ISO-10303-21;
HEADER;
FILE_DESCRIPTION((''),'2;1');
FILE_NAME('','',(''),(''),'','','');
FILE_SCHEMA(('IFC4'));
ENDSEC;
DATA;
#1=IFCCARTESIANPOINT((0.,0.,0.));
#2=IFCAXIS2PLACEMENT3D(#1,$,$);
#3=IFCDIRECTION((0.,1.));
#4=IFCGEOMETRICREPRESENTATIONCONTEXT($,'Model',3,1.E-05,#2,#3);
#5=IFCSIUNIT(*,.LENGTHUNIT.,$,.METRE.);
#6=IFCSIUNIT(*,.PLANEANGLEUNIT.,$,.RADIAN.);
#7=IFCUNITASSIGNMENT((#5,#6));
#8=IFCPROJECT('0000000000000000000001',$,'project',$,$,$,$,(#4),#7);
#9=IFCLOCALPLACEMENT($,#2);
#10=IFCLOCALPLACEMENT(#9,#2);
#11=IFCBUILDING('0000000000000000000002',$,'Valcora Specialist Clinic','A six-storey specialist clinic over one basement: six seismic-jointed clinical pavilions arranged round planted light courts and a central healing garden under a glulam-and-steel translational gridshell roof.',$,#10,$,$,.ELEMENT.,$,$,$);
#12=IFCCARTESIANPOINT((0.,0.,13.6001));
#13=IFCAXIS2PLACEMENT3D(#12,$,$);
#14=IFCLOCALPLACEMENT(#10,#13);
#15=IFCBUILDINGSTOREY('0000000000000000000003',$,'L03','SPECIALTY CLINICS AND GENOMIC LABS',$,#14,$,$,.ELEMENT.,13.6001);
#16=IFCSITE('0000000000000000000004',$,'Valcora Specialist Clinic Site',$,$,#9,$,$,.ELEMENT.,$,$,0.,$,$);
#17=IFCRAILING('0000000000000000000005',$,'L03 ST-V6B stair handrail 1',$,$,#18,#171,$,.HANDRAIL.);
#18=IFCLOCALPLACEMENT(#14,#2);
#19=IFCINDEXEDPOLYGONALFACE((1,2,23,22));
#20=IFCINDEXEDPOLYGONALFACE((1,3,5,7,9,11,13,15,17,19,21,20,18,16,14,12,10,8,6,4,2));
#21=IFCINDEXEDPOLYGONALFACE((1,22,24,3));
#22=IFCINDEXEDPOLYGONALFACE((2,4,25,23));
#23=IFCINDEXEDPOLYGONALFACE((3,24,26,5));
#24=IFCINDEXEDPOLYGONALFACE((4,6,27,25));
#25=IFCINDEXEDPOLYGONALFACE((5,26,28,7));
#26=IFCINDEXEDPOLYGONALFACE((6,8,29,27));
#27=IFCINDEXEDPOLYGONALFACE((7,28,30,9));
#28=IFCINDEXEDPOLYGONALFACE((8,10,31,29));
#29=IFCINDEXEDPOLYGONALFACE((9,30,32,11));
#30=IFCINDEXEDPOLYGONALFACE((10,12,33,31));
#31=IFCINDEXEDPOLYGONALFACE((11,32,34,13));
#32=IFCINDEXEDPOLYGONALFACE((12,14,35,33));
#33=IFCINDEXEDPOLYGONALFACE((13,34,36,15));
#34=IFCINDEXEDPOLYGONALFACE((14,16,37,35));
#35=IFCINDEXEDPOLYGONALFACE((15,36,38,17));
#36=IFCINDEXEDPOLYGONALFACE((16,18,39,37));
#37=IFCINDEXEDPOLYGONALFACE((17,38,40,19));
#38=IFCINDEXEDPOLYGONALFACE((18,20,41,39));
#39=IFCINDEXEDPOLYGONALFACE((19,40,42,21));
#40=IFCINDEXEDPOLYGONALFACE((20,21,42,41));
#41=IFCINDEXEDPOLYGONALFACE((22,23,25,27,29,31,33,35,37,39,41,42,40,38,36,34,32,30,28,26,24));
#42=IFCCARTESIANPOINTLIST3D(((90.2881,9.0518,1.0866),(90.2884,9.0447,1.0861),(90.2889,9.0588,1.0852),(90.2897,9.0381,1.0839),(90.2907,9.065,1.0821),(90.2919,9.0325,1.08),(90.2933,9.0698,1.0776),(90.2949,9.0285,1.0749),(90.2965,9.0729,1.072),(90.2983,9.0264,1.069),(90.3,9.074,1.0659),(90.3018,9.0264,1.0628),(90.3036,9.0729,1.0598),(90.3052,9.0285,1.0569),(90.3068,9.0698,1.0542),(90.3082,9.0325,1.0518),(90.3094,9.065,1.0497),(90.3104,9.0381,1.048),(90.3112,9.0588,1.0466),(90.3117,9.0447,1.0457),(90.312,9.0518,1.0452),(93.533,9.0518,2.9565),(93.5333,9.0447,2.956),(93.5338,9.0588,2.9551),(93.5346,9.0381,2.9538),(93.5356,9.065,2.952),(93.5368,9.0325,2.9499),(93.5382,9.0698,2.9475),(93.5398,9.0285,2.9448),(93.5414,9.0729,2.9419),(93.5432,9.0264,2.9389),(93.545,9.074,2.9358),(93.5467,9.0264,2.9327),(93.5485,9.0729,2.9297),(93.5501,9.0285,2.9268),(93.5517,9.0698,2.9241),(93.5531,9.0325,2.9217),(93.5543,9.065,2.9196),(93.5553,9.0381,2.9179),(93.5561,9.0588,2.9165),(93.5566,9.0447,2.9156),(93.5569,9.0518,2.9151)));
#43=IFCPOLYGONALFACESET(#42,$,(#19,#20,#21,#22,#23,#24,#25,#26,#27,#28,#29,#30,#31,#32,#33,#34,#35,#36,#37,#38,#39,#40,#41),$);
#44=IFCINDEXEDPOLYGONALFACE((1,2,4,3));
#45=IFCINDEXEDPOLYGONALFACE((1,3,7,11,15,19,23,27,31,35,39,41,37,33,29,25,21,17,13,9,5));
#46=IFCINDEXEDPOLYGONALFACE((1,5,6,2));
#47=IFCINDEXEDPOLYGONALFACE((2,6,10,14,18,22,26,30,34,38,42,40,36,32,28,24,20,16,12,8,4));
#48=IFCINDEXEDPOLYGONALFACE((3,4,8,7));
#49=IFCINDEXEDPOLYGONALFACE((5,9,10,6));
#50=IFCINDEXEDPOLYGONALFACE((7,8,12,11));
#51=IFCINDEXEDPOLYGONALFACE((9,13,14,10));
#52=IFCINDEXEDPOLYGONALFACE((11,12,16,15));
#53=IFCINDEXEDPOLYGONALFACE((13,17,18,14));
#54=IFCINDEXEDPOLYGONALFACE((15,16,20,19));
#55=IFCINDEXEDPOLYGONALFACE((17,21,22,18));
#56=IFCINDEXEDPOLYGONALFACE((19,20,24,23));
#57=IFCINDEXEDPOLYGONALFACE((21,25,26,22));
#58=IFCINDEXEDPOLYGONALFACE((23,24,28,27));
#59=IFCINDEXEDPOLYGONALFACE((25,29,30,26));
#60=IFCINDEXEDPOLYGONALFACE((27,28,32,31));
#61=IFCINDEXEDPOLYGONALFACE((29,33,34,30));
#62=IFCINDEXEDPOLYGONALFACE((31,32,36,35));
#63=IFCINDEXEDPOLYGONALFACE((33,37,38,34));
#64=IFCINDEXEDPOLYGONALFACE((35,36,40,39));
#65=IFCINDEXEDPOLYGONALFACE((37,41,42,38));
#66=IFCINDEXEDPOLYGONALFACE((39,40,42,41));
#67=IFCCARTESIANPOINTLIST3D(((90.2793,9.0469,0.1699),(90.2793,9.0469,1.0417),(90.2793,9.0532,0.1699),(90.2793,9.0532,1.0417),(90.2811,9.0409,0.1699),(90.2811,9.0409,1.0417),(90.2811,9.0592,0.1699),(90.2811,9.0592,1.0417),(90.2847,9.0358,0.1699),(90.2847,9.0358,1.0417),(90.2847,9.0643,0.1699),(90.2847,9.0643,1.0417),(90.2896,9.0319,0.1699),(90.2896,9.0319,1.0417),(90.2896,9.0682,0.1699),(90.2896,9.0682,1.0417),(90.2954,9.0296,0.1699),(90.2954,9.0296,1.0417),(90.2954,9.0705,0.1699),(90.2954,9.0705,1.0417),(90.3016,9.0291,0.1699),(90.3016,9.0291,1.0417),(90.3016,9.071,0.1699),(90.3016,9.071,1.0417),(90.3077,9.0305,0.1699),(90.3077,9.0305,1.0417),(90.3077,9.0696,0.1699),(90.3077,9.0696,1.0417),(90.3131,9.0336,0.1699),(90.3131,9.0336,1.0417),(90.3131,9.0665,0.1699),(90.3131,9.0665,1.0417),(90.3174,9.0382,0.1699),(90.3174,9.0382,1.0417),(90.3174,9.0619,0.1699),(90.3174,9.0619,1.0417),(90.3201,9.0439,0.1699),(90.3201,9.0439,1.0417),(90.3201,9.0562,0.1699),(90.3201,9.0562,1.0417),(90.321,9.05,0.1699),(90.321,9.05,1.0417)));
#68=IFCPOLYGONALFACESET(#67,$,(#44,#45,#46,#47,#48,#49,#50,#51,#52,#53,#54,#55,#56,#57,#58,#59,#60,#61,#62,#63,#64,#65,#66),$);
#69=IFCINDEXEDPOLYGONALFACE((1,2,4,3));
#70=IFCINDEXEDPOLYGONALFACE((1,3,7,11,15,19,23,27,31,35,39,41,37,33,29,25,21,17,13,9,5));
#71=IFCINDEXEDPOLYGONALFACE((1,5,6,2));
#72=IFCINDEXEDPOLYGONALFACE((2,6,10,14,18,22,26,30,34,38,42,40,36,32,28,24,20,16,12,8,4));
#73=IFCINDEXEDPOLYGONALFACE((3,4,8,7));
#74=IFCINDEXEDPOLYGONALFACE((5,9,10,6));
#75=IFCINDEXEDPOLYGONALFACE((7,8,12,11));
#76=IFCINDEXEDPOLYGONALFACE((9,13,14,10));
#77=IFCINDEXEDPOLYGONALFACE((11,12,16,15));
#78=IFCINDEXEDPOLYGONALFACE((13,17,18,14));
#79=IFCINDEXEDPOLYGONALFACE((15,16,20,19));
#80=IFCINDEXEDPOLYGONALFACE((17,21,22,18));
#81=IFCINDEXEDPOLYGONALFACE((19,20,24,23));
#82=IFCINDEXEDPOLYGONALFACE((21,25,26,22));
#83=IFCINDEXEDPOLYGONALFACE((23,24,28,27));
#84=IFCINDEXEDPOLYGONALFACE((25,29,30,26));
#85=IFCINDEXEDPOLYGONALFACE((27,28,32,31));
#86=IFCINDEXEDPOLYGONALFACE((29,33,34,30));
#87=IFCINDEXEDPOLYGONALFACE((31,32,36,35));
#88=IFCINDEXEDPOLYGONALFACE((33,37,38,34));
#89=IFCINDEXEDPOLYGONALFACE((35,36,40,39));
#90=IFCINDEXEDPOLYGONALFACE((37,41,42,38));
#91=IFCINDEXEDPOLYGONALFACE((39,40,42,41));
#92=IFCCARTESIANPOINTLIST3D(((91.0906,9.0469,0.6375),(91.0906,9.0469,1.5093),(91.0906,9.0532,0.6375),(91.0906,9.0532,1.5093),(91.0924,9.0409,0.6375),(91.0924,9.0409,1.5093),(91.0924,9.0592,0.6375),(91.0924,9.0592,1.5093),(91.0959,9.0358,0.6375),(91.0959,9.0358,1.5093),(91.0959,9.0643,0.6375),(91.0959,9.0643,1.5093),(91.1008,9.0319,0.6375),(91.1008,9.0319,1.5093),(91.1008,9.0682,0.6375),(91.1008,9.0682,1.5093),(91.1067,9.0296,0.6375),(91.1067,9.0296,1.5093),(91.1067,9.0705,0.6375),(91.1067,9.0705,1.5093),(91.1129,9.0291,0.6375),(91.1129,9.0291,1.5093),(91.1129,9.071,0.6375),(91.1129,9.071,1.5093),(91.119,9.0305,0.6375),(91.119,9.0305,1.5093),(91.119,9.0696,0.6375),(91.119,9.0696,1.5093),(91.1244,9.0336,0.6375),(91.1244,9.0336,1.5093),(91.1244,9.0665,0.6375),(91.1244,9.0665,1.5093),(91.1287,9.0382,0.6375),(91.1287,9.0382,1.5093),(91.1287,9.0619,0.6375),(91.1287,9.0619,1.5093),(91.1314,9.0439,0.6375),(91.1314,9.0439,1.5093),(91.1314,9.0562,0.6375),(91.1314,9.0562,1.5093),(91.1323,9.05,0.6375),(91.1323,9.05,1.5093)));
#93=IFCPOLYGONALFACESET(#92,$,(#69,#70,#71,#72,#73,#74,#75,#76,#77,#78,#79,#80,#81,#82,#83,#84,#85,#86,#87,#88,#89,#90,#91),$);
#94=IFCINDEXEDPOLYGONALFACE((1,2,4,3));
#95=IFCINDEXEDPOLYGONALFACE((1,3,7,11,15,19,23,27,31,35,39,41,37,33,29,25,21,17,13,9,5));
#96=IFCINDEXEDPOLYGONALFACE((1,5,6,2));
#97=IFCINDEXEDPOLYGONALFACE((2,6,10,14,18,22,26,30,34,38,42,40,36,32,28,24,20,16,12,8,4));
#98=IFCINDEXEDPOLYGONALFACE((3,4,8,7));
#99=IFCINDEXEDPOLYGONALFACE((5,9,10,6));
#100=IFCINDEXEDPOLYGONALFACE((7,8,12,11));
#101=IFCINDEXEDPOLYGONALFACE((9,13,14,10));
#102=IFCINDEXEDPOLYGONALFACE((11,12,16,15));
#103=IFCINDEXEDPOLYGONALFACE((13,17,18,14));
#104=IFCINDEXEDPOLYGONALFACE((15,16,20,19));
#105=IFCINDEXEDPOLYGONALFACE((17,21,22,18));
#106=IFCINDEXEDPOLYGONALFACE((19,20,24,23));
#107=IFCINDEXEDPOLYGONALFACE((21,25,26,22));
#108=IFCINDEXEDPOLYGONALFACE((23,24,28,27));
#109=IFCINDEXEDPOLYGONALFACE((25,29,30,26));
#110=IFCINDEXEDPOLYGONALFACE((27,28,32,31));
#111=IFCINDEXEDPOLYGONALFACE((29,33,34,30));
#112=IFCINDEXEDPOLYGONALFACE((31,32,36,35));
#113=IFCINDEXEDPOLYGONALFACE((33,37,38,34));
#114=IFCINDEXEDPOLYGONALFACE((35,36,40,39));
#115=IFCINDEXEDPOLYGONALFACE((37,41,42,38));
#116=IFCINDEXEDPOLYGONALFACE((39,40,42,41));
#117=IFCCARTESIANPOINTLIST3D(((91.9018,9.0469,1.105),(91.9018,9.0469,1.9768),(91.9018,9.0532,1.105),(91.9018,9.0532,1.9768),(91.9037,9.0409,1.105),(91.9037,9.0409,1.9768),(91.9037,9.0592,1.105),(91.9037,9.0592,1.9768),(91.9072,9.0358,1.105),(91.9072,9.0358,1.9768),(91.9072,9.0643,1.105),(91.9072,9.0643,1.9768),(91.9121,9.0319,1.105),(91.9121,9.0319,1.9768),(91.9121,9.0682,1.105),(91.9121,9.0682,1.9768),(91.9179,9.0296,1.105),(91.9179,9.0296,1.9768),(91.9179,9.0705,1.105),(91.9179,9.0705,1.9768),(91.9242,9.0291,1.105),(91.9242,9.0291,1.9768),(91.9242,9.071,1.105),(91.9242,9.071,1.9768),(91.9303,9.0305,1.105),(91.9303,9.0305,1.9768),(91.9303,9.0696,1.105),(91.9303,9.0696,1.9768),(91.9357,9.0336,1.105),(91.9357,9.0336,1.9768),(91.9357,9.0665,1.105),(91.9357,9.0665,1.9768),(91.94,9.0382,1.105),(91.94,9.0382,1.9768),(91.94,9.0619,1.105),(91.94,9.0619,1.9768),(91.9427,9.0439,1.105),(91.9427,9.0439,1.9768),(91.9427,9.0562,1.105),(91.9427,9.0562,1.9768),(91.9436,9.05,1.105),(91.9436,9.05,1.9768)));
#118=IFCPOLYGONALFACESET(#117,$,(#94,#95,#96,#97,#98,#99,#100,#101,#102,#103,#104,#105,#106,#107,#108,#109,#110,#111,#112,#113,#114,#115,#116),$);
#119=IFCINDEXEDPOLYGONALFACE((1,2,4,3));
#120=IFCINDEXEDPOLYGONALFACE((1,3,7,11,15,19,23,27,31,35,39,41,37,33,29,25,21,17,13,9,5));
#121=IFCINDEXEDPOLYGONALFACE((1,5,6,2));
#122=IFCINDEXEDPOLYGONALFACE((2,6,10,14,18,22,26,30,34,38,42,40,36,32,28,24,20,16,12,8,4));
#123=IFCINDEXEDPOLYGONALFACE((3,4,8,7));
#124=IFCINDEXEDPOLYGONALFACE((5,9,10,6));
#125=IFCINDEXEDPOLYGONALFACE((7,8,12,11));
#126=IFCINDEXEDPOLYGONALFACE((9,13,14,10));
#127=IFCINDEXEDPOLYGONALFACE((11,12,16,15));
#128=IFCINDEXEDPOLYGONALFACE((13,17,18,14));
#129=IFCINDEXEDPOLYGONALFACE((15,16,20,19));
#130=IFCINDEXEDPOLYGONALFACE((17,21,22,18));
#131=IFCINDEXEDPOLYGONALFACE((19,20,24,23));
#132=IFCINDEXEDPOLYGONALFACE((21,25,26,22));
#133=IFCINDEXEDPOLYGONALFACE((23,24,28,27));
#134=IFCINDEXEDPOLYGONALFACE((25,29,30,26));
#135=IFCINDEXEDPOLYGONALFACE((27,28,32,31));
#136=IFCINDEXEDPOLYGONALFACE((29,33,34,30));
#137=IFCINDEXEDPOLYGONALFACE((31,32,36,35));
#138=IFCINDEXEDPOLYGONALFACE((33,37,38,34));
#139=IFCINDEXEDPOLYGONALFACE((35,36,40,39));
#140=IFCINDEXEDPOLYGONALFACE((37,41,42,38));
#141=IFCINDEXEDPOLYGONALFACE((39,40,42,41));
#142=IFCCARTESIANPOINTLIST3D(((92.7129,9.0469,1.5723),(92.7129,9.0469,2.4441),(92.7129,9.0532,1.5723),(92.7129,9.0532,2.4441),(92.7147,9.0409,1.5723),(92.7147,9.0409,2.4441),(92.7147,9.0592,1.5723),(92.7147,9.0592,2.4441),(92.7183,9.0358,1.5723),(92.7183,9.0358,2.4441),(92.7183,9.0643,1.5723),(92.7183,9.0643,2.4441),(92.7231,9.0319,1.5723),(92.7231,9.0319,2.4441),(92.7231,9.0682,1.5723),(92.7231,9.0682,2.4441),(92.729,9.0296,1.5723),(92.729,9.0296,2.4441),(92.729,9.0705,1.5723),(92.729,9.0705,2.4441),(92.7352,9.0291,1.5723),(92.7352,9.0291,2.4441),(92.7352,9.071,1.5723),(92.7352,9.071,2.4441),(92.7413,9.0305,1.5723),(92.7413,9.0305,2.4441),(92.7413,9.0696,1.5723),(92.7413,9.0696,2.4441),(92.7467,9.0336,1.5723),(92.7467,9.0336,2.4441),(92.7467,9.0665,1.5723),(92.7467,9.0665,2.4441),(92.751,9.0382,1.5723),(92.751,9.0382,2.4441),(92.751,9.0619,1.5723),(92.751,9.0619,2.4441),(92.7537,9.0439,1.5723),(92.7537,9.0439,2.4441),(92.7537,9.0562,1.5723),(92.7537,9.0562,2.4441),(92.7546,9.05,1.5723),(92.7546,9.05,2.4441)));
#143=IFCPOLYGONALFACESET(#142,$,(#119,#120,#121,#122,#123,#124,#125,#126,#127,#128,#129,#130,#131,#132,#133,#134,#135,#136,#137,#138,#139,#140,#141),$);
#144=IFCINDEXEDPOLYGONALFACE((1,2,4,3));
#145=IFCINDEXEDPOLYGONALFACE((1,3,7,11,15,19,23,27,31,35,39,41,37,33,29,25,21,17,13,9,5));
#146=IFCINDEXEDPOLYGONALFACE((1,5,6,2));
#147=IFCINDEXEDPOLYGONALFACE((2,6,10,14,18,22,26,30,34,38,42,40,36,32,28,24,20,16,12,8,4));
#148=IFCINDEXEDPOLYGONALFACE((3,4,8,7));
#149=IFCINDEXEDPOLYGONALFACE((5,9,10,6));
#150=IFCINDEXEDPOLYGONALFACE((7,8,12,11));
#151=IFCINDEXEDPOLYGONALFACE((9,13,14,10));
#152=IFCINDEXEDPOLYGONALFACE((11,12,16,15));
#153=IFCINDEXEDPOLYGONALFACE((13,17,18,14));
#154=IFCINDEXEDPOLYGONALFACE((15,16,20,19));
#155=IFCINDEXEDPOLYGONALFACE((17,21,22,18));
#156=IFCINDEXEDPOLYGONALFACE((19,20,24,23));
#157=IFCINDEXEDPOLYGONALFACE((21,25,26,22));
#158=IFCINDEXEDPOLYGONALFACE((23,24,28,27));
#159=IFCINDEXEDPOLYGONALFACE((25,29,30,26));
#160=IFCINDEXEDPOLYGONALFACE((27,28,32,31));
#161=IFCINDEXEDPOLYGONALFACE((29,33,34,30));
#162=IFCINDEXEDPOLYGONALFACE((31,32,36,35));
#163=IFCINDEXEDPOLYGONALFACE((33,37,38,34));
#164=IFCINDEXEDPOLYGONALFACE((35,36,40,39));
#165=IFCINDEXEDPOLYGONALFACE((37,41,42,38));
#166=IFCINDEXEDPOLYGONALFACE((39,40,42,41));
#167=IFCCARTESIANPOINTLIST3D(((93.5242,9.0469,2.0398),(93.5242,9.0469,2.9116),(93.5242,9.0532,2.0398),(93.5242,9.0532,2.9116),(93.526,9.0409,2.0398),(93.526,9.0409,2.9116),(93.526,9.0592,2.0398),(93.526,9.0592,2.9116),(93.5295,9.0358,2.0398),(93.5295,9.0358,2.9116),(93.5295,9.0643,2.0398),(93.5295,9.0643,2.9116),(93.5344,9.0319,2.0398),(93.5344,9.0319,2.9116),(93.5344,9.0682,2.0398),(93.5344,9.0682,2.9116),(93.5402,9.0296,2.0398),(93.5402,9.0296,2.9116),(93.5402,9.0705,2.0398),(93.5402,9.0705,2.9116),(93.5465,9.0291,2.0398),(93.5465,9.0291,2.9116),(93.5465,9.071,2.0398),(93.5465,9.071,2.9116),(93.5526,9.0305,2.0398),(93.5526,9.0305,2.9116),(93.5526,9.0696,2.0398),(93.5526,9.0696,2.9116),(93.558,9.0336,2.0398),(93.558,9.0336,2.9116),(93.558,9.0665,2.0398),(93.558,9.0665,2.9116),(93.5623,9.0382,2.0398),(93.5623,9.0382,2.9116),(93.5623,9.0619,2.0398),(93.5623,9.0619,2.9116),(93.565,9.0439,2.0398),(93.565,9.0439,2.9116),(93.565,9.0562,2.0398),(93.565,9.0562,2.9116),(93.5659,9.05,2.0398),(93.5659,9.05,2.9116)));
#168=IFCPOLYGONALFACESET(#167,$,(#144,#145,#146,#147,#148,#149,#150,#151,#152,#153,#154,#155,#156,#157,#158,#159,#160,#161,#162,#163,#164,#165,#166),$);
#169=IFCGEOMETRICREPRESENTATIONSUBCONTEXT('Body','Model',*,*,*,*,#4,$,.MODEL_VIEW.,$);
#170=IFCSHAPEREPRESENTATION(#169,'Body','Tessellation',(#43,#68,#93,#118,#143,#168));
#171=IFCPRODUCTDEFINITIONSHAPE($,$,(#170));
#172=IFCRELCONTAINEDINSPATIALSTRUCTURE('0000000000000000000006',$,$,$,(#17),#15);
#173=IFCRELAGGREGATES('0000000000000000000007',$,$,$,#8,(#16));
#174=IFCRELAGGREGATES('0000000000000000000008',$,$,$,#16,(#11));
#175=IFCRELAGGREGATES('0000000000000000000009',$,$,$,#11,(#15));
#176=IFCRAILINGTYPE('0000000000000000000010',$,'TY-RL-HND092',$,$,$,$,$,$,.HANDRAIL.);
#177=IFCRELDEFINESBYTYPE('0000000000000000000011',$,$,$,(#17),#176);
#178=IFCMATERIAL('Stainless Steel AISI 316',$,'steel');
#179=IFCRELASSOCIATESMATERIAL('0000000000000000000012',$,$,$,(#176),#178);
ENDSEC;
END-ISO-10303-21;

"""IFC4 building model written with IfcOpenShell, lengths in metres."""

from ifc_helpers import new_model, si_unit, direction, frame, origin, origin_2d, place, context, subcontext, project, spatial, circle, extrude, material, type_object, element, save


model = new_model("IFC4")

# Units and contexts
model_context = context("Model", 3, precision=1e-05, world=origin(), true_north=direction((0.0, 1.0)))
body_context = subcontext(model_context, "Body", "Model", "MODEL_VIEW")
ifc_project = project(units=[si_unit("LENGTHUNIT", "METRE"), si_unit("PLANEANGLEUNIT", "RADIAN")], contexts=[model_context])

# Site, building, storey
site_placement = place(None, origin())
site = spatial("IfcSite", under=ifc_project, at=site_placement, Name="Valcora Specialist Clinic Site", CompositionType="ELEMENT", RefElevation=0.0)
building_placement = place(site_placement, origin())
building = spatial("IfcBuilding", under=site, at=building_placement, Name="Valcora Specialist Clinic", Description="A six-storey specialist clinic over one basement: six seismic-jointed clinical pavilions arranged round planted light courts and a central healing garden under a glulam-and-steel translational gridshell roof.", CompositionType="ELEMENT")
storey_placement = place(building_placement, frame((0.0, 0.0, 13.6001)))
storey = spatial("IfcBuildingStorey", under=building, at=storey_placement, Name="L03", Description="SPECIALTY CLINICS AND GENOMIC LABS", CompositionType="ELEMENT", Elevation=13.6001)

# Railing
ifc_material_1 = material(Name="Stainless Steel AISI 316", Category="steel")
railing_type_1 = type_object("IfcRailingType", Name="TY-RL-HND092", PredefinedType="HANDRAIL", material=ifc_material_1)
railing_1_placement = place(storey_placement, frame((90.3, 9.05, 0.1699)))
element("IfcRailing", 1, at=railing_1_placement, inside=storey, type_object=railing_type_1, Name="L03 ST-V6B stair handrail 1", PredefinedType="HANDRAIL", context=body_context, shape_type="SweptSolid", body=[
    extrude(circle(Radius=0.0239, at=origin_2d()), frame((0.0, 0.0, 0.896), z_axis=(0.866436, 0.0, 0.499288), x_axis=(0.0, 1.0, 0.0)), (0.0, 0.0, 1.0), 3.7451),
    extrude(circle(Radius=0.021, at=origin_2d()), origin(), (0.0, 0.0, 1.0), 0.8718),
    extrude(circle(Radius=0.021, at=origin_2d()), frame((0.8113, 0.0, 0.4675)), (0.0, 0.0, 1.0), 0.8718),
    extrude(circle(Radius=0.021, at=origin_2d()), frame((1.6226, 0.0, 0.9351)), (0.0, 0.0, 1.0), 0.8718),
    extrude(circle(Radius=0.021, at=origin_2d()), frame((2.4336, 0.0, 1.4023)), (0.0, 0.0, 1.0), 0.8718),
    extrude(circle(Radius=0.021, at=origin_2d()), frame((3.2449, 0.0, 1.8699)), (0.0, 0.0, 1.0), 0.8718),
])

save(model, "model.ifc")
